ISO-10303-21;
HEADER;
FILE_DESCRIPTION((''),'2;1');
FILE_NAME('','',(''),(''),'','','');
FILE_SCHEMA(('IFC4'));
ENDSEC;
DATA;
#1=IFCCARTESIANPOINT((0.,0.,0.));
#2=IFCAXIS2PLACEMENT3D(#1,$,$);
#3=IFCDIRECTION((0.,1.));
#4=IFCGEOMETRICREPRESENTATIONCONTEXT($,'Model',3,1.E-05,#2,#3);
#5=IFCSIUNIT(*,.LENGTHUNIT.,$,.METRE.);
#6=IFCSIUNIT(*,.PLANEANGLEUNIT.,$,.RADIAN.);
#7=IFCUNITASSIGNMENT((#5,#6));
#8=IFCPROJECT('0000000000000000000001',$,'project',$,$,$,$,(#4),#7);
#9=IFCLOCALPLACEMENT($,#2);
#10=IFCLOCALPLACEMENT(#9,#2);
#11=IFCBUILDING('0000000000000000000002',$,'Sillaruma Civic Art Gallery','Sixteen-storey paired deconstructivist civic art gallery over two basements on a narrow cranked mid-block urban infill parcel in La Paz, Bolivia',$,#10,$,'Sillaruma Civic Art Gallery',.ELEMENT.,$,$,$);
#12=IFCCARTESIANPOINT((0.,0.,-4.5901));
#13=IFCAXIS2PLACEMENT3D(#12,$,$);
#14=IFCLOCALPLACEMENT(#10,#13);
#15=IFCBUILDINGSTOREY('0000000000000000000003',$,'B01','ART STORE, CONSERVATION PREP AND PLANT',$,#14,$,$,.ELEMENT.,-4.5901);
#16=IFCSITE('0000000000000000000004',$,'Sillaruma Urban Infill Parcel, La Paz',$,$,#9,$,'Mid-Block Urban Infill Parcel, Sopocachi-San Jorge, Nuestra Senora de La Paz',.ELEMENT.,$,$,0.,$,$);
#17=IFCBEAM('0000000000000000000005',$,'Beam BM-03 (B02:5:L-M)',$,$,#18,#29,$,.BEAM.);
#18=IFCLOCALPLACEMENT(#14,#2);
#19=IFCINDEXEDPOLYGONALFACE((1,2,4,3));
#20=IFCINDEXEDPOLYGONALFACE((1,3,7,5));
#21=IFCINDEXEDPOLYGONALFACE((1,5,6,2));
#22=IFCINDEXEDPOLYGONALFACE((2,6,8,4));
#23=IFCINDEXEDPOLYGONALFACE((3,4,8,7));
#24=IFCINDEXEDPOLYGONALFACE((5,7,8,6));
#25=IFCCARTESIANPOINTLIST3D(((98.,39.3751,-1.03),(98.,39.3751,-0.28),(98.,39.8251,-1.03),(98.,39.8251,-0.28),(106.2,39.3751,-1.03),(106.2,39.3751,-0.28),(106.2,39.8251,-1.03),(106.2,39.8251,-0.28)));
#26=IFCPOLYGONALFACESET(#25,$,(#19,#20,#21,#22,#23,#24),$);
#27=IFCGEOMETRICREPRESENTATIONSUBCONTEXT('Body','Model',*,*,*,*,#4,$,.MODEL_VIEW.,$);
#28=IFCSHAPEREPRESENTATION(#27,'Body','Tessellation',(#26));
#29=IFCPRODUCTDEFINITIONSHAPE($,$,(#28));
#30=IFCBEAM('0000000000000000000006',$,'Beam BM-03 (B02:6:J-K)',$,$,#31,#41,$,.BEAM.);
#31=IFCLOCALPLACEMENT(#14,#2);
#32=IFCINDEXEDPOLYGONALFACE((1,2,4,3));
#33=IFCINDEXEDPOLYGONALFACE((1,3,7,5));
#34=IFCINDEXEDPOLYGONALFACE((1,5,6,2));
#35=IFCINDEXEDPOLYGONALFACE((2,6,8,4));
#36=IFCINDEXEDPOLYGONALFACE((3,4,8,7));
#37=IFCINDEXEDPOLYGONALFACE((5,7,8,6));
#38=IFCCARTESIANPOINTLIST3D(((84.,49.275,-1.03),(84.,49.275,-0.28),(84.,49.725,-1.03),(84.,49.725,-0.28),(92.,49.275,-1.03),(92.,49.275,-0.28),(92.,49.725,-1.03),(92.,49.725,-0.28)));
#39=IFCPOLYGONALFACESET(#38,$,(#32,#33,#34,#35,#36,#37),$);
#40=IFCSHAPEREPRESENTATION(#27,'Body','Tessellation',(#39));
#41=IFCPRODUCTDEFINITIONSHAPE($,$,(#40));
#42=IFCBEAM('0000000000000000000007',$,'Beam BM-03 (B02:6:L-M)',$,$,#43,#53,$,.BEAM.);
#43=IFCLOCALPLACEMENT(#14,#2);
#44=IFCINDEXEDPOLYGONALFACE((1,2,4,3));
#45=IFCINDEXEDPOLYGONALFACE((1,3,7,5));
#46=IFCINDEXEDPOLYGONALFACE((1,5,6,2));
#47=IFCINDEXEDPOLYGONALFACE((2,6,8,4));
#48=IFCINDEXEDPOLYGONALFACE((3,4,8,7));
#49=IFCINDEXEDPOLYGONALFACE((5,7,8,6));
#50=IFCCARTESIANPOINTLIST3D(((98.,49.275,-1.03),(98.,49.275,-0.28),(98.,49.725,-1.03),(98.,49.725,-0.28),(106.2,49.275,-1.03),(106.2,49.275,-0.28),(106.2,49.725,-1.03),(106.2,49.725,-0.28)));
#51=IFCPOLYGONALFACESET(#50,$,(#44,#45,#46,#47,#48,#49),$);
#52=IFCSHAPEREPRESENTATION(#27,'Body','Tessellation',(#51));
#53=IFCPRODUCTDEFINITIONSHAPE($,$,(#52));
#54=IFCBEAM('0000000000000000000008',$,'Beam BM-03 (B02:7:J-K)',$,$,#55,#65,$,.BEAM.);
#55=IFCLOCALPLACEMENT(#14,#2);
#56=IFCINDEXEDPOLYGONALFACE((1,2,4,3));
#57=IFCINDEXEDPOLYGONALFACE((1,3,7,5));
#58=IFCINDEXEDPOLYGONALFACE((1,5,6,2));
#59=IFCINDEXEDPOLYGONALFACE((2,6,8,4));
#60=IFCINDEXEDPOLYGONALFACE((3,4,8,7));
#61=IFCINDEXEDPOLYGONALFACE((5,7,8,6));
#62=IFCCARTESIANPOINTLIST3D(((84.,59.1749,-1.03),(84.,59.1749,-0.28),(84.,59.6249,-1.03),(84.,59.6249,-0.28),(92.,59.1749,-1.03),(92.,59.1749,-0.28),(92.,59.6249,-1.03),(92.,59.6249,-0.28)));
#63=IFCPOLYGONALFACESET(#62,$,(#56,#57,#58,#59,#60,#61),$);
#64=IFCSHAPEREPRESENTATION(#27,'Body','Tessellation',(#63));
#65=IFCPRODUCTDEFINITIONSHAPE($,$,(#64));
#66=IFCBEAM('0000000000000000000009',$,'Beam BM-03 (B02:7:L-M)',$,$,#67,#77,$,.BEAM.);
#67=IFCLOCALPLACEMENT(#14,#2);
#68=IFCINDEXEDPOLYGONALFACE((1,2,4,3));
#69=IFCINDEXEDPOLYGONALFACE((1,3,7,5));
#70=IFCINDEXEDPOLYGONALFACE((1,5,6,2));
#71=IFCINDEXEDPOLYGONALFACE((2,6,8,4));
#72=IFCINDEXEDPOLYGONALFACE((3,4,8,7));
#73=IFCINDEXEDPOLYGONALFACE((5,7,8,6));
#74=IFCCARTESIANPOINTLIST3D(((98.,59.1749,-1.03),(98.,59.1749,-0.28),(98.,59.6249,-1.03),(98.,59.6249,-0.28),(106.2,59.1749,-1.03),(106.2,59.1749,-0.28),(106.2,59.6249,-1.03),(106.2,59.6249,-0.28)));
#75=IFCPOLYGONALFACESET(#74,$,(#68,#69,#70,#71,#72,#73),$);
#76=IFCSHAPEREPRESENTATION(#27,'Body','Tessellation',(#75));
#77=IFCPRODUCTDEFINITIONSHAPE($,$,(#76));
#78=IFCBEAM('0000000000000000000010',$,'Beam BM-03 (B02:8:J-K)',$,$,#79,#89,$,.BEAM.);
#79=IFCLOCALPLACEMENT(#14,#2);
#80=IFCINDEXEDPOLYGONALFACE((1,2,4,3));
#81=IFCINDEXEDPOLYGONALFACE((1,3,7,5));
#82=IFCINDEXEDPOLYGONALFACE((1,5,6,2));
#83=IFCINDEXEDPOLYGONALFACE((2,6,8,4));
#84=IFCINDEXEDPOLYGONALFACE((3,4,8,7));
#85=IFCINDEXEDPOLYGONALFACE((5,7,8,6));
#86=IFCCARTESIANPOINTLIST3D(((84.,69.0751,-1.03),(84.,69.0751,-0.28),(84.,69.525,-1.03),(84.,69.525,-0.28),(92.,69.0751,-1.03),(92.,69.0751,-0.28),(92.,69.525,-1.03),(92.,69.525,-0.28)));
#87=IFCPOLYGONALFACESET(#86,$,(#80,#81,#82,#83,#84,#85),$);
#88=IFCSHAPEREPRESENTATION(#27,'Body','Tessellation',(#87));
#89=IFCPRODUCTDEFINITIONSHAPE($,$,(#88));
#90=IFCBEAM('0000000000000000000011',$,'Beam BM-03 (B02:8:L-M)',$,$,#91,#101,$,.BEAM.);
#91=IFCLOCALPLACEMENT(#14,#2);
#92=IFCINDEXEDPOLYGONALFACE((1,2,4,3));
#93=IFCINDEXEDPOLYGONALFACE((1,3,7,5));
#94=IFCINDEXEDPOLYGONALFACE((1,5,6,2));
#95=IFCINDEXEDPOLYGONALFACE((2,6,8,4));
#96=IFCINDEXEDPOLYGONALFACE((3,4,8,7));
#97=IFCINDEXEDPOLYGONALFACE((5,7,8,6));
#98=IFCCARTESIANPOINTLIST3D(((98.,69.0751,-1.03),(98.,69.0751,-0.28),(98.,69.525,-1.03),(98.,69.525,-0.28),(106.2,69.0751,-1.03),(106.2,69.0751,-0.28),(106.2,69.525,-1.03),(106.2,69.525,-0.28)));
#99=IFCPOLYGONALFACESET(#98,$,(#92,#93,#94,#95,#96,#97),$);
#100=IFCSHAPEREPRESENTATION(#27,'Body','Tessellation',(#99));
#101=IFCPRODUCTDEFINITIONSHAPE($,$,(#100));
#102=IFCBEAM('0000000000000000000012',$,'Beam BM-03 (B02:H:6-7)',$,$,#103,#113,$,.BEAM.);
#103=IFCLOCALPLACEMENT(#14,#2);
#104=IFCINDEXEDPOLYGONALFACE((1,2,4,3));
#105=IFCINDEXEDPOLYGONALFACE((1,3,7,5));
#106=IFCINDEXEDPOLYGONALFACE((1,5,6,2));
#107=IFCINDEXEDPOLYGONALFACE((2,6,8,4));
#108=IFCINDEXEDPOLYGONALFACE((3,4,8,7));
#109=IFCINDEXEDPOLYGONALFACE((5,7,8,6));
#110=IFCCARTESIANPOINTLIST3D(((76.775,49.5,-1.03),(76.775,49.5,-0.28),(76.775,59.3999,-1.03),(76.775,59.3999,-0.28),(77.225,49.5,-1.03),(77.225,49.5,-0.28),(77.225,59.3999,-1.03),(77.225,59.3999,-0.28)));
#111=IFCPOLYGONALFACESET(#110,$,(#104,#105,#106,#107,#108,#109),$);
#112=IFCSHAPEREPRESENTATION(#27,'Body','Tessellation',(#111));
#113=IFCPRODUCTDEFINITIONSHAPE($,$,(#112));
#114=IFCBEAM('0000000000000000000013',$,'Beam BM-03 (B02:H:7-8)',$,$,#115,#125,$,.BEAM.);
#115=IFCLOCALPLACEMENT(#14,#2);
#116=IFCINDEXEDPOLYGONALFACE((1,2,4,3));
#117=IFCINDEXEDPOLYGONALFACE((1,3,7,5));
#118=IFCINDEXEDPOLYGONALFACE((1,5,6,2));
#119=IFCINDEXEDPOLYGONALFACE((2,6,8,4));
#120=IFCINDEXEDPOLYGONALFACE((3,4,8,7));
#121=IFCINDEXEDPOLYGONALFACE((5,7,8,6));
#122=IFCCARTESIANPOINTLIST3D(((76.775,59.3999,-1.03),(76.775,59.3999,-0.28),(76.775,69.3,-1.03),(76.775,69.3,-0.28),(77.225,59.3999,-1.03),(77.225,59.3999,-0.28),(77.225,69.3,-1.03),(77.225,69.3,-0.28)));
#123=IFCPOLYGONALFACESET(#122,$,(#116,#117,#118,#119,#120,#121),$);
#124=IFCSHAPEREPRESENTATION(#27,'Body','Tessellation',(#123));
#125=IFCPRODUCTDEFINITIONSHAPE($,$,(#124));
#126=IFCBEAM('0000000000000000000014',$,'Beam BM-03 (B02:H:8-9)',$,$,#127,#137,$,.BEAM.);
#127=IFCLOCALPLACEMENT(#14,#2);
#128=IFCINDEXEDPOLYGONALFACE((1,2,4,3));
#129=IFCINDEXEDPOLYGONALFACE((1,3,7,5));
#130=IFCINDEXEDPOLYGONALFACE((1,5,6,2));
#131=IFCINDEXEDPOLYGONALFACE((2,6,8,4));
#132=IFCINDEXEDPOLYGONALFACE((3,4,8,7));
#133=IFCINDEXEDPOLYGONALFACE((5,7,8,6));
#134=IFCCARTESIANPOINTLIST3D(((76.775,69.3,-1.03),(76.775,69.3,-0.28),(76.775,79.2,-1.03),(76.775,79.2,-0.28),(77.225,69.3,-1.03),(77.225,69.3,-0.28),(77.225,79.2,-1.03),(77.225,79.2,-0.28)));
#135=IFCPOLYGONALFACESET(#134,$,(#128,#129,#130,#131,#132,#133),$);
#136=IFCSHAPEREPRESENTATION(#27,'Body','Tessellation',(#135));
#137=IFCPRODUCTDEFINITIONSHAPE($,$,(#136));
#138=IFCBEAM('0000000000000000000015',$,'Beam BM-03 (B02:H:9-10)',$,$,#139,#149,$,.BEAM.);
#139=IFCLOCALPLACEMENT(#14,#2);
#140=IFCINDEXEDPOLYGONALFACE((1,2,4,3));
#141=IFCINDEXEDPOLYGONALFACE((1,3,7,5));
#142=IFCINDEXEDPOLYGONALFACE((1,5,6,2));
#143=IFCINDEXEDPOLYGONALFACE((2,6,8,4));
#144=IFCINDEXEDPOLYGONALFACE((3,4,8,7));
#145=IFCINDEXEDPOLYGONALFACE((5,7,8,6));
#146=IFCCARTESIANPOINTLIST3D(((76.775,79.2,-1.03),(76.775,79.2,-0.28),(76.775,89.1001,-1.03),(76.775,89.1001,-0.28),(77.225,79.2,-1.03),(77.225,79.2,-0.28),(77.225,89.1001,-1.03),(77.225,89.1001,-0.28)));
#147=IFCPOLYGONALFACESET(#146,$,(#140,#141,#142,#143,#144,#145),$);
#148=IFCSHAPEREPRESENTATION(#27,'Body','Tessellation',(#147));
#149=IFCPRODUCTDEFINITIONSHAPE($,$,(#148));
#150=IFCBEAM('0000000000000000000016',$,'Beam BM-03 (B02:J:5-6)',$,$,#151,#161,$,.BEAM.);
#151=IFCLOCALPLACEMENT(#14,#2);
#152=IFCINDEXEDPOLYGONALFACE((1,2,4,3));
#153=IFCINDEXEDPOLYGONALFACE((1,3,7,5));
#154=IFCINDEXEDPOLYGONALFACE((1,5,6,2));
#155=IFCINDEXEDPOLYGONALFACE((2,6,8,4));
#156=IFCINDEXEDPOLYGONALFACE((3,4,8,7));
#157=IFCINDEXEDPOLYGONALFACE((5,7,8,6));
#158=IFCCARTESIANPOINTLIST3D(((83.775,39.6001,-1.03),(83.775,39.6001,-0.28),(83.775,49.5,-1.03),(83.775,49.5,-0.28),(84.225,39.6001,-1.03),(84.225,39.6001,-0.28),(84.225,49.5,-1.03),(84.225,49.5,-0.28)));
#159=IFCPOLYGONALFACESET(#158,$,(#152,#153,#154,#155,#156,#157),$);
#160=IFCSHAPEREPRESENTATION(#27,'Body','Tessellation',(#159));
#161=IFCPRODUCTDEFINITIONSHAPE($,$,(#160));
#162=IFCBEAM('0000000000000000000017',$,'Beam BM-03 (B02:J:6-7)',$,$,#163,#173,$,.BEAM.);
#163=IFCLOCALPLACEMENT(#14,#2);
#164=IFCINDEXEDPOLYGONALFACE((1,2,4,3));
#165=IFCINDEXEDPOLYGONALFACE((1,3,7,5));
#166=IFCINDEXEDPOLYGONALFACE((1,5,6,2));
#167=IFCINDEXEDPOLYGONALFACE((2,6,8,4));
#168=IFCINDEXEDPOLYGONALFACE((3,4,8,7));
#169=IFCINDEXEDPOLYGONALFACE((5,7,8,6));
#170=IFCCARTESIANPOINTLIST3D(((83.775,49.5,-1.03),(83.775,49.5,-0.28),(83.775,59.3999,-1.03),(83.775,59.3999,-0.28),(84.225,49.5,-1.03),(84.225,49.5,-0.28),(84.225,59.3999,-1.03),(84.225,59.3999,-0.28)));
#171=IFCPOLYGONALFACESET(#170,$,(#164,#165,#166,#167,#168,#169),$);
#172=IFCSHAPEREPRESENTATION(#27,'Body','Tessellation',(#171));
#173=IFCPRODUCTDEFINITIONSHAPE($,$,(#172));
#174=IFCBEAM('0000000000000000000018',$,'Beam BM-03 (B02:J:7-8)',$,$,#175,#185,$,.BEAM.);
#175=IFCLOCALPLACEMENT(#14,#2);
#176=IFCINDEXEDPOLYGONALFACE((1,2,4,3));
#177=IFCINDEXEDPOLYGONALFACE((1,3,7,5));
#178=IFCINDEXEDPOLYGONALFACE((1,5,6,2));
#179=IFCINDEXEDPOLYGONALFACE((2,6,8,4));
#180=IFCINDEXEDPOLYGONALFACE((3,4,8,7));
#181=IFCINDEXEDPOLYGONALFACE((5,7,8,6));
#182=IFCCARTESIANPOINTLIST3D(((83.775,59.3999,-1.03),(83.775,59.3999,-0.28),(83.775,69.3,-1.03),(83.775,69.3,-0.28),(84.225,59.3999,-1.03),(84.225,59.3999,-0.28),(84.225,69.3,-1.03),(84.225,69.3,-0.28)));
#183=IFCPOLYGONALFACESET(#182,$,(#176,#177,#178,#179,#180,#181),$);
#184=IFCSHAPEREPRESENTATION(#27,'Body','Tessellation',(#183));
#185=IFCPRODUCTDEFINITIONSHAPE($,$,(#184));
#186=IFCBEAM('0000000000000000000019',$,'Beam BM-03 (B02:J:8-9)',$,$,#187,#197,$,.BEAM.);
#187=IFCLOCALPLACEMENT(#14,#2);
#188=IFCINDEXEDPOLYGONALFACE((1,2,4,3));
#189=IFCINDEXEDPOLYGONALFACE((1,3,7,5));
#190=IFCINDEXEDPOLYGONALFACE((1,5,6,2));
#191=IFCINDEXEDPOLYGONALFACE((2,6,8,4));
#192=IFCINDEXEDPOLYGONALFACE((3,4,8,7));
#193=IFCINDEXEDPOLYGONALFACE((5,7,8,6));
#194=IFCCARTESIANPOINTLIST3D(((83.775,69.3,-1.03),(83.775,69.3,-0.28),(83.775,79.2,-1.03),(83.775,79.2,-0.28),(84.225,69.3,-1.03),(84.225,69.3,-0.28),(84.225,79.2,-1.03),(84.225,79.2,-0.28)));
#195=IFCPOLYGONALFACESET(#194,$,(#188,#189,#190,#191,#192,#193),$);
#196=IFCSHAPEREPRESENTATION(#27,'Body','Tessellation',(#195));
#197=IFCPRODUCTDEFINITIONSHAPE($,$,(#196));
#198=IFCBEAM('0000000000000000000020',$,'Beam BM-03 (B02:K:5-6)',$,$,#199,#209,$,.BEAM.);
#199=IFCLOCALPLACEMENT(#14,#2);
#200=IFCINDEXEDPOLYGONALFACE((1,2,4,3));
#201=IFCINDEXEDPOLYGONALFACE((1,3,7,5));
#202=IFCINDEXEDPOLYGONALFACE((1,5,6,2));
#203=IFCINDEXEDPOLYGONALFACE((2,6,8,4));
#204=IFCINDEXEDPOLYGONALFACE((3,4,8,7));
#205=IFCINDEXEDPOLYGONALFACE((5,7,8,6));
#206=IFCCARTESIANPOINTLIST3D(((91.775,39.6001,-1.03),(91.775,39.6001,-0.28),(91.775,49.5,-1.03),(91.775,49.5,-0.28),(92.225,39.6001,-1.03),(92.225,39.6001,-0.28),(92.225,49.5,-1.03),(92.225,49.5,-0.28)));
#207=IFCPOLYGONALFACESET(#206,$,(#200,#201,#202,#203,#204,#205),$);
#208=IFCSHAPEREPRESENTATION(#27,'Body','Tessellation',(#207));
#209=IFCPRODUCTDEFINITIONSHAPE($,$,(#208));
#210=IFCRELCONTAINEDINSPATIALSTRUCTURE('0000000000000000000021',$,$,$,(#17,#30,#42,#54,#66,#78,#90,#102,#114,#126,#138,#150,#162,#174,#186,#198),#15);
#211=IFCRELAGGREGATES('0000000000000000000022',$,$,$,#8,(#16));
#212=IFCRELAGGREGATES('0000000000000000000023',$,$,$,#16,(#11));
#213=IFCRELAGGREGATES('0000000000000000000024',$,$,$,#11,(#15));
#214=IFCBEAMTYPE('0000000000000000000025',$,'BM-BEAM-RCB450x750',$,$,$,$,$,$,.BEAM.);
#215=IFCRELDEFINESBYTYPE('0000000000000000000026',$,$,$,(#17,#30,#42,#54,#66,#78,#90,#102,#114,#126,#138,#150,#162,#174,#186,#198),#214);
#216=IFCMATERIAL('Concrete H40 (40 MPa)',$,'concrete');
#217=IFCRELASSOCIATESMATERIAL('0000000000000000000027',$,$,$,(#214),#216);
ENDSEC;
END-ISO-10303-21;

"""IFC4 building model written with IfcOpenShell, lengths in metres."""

from ifc_helpers import new_model, si_unit, direction, frame, origin, origin_2d, place, context, subcontext, project, spatial, rectangle, extrude, material, material_profile, profile_set, type_object, element, save


model = new_model("IFC4")

# Units and contexts
model_context = context("Model", 3, precision=1e-05, world=origin(), true_north=direction((0.0, 1.0)))
body_context = subcontext(model_context, "Body", "Model", "MODEL_VIEW")
ifc_project = project(units=[si_unit("LENGTHUNIT", "METRE"), si_unit("PLANEANGLEUNIT", "RADIAN")], contexts=[model_context])

# Site, building, storey
site_placement = place(None, origin())
site = spatial("IfcSite", under=ifc_project, at=site_placement, Name="Sillaruma Urban Infill Parcel, La Paz", LongName="Mid-Block Urban Infill Parcel, Sopocachi-San Jorge, Nuestra Senora de La Paz", CompositionType="ELEMENT", RefElevation=0.0)
building_placement = place(site_placement, origin())
building = spatial("IfcBuilding", under=site, at=building_placement, Name="Sillaruma Civic Art Gallery", Description="Sixteen-storey paired deconstructivist civic art gallery over two basements on a narrow cranked mid-block urban infill parcel in La Paz, Bolivia", LongName="Sillaruma Civic Art Gallery", CompositionType="ELEMENT")
storey_placement = place(building_placement, frame((0.0, 0.0, -4.5901)))
storey = spatial("IfcBuildingStorey", under=building, at=storey_placement, Name="B01", Description="ART STORE, CONSERVATION PREP AND PLANT", CompositionType="ELEMENT", Elevation=-4.5901)

# Shared definitions
ifc_material_1 = material(Name="Concrete H40 (40 MPa)", Category="concrete")

# Beams
ifc_material_profile_1 = material_profile(ifc_material_1, rectangle(XDim=0.45, YDim=0.75, at=origin_2d()), Name="RCB450x750")
ifc_profile_set_1 = profile_set([ifc_material_profile_1], Name="Concrete H40 (40 MPa)")
beam_type_1 = type_object("IfcBeamType", Name="BM-BEAM-RCB450x750", PredefinedType="BEAM", material=ifc_profile_set_1)
beam_1_placement = place(storey_placement, frame((98.0, 39.6001, -0.655), z_axis=(1.0, 0.0, 0.0), x_axis=(0.0, 1.0, 0.0)))
element("IfcBeam", 1, at=beam_1_placement, inside=storey, type_object=beam_type_1, Name="Beam BM-03 (B02:5:L-M)", PredefinedType="BEAM", context=body_context, shape_type="SweptSolid", body=[
    extrude(rectangle(XDim=0.45, YDim=0.75, at=origin_2d()), origin(), (0.0, 0.0, 1.0), 8.2),
])
beam_2_placement = place(storey_placement, frame((84.0, 49.5, -0.655), z_axis=(1.0, 0.0, 0.0), x_axis=(0.0, 1.0, 0.0)))
element("IfcBeam", 2, at=beam_2_placement, inside=storey, type_object=beam_type_1, Name="Beam BM-03 (B02:6:J-K)", PredefinedType="BEAM", context=body_context, shape_type="SweptSolid", body=[
    extrude(rectangle(XDim=0.45, YDim=0.75, at=origin_2d()), origin(), (0.0, 0.0, 1.0), 8.0),
])
beam_3_placement = place(storey_placement, frame((98.0, 49.5, -0.655), z_axis=(1.0, 0.0, 0.0), x_axis=(0.0, 1.0, 0.0)))
element("IfcBeam", 3, at=beam_3_placement, inside=storey, type_object=beam_type_1, Name="Beam BM-03 (B02:6:L-M)", PredefinedType="BEAM", context=body_context, shape_type="SweptSolid", body=[
    extrude(rectangle(XDim=0.45, YDim=0.75, at=origin_2d()), origin(), (0.0, 0.0, 1.0), 8.2),
])
beam_4_placement = place(storey_placement, frame((84.0, 59.3999, -0.655), z_axis=(1.0, 0.0, 0.0), x_axis=(0.0, 1.0, 0.0)))
element("IfcBeam", 4, at=beam_4_placement, inside=storey, type_object=beam_type_1, Name="Beam BM-03 (B02:7:J-K)", PredefinedType="BEAM", context=body_context, shape_type="SweptSolid", body=[
    extrude(rectangle(XDim=0.45, YDim=0.75, at=origin_2d()), origin(), (0.0, 0.0, 1.0), 8.0),
])
beam_5_placement = place(storey_placement, frame((98.0, 59.3999, -0.655), z_axis=(1.0, 0.0, 0.0), x_axis=(0.0, 1.0, 0.0)))
element("IfcBeam", 5, at=beam_5_placement, inside=storey, type_object=beam_type_1, Name="Beam BM-03 (B02:7:L-M)", PredefinedType="BEAM", context=body_context, shape_type="SweptSolid", body=[
    extrude(rectangle(XDim=0.45, YDim=0.75, at=origin_2d()), origin(), (0.0, 0.0, 1.0), 8.2),
])
beam_6_placement = place(storey_placement, frame((84.0, 69.3, -0.655), z_axis=(1.0, 0.0, 0.0), x_axis=(0.0, 1.0, 0.0)))
element("IfcBeam", 6, at=beam_6_placement, inside=storey, type_object=beam_type_1, Name="Beam BM-03 (B02:8:J-K)", PredefinedType="BEAM", context=body_context, shape_type="SweptSolid", body=[
    extrude(rectangle(XDim=0.45, YDim=0.75, at=origin_2d()), origin(), (0.0, 0.0, 1.0), 8.0),
])
beam_7_placement = place(storey_placement, frame((98.0, 69.3, -0.655), z_axis=(1.0, 0.0, 0.0), x_axis=(0.0, 1.0, 0.0)))
element("IfcBeam", 7, at=beam_7_placement, inside=storey, type_object=beam_type_1, Name="Beam BM-03 (B02:8:L-M)", PredefinedType="BEAM", context=body_context, shape_type="SweptSolid", body=[
    extrude(rectangle(XDim=0.45, YDim=0.75, at=origin_2d()), origin(), (0.0, 0.0, 1.0), 8.2),
])
beam_8_placement = place(storey_placement, frame((77.0, 49.5, -0.655), z_axis=(0.0, 1.0, 0.0), x_axis=(-1.0, 0.0, 0.0)))
element("IfcBeam", 8, at=beam_8_placement, inside=storey, type_object=beam_type_1, Name="Beam BM-03 (B02:H:6-7)", PredefinedType="BEAM", context=body_context, shape_type="SweptSolid", body=[
    extrude(rectangle(XDim=0.45, YDim=0.75, at=origin_2d()), origin(), (0.0, 0.0, 1.0), 9.8999),
])
beam_9_placement = place(storey_placement, frame((77.0, 59.3999, -0.655), z_axis=(0.0, 1.0, 0.0), x_axis=(-1.0, 0.0, 0.0)))
element("IfcBeam", 9, at=beam_9_placement, inside=storey, type_object=beam_type_1, Name="Beam BM-03 (B02:H:7-8)", PredefinedType="BEAM", context=body_context, shape_type="SweptSolid", body=[
    extrude(rectangle(XDim=0.45, YDim=0.75, at=origin_2d()), origin(), (0.0, 0.0, 1.0), 9.9001),
])
beam_10_placement = place(storey_placement, frame((77.0, 69.3, -0.655), z_axis=(0.0, 1.0, 0.0), x_axis=(-1.0, 0.0, 0.0)))
element("IfcBeam", 10, at=beam_10_placement, inside=storey, type_object=beam_type_1, Name="Beam BM-03 (B02:H:8-9)", PredefinedType="BEAM", context=body_context, shape_type="SweptSolid", body=[
    extrude(rectangle(XDim=0.45, YDim=0.75, at=origin_2d()), origin(), (0.0, 0.0, 1.0), 9.8999),
])
beam_11_placement = place(storey_placement, frame((77.0, 79.2, -0.655), z_axis=(0.0, 1.0, 0.0), x_axis=(-1.0, 0.0, 0.0)))
element("IfcBeam", 11, at=beam_11_placement, inside=storey, type_object=beam_type_1, Name="Beam BM-03 (B02:H:9-10)", PredefinedType="BEAM", context=body_context, shape_type="SweptSolid", body=[
    extrude(rectangle(XDim=0.45, YDim=0.75, at=origin_2d()), origin(), (0.0, 0.0, 1.0), 9.9001),
])
for number, where, z_axis, x_axis, name in (
    (12, (84.0, 39.6001, -0.655), (0.0, 1.0, 0.0), (-1.0, 0.0, 0.0), "Beam BM-03 (B02:J:5-6)"),
    (13, (84.0, 49.5, -0.655), (0.0, 1.0, 0.0), (-1.0, 0.0, 0.0), "Beam BM-03 (B02:J:6-7)"),
):
    element("IfcBeam", number, at=place(storey_placement, frame(where, z_axis=z_axis, x_axis=x_axis)), inside=storey, type_object=beam_type_1, Name=name, PredefinedType="BEAM", context=body_context, shape_type="SweptSolid", body=[
        extrude(rectangle(XDim=0.45, YDim=0.75, at=origin_2d()), origin(), (0.0, 0.0, 1.0), 9.8999),
    ])
beam_12_placement = place(storey_placement, frame((84.0, 59.3999, -0.655), z_axis=(0.0, 1.0, 0.0), x_axis=(-1.0, 0.0, 0.0)))
element("IfcBeam", 14, at=beam_12_placement, inside=storey, type_object=beam_type_1, Name="Beam BM-03 (B02:J:7-8)", PredefinedType="BEAM", context=body_context, shape_type="SweptSolid", body=[
    extrude(rectangle(XDim=0.45, YDim=0.75, at=origin_2d()), origin(), (0.0, 0.0, 1.0), 9.9001),
])
for number, where, z_axis, x_axis, name in (
    (15, (84.0, 69.3, -0.655), (0.0, 1.0, 0.0), (-1.0, 0.0, 0.0), "Beam BM-03 (B02:J:8-9)"),
    (16, (92.0, 39.6001, -0.655), (0.0, 1.0, 0.0), (-1.0, 0.0, 0.0), "Beam BM-03 (B02:K:5-6)"),
):
    element("IfcBeam", number, at=place(storey_placement, frame(where, z_axis=z_axis, x_axis=x_axis)), inside=storey, type_object=beam_type_1, Name=name, PredefinedType="BEAM", context=body_context, shape_type="SweptSolid", body=[
        extrude(rectangle(XDim=0.45, YDim=0.75, at=origin_2d()), origin(), (0.0, 0.0, 1.0), 9.8999),
    ])

save(model, "model.ifc")
